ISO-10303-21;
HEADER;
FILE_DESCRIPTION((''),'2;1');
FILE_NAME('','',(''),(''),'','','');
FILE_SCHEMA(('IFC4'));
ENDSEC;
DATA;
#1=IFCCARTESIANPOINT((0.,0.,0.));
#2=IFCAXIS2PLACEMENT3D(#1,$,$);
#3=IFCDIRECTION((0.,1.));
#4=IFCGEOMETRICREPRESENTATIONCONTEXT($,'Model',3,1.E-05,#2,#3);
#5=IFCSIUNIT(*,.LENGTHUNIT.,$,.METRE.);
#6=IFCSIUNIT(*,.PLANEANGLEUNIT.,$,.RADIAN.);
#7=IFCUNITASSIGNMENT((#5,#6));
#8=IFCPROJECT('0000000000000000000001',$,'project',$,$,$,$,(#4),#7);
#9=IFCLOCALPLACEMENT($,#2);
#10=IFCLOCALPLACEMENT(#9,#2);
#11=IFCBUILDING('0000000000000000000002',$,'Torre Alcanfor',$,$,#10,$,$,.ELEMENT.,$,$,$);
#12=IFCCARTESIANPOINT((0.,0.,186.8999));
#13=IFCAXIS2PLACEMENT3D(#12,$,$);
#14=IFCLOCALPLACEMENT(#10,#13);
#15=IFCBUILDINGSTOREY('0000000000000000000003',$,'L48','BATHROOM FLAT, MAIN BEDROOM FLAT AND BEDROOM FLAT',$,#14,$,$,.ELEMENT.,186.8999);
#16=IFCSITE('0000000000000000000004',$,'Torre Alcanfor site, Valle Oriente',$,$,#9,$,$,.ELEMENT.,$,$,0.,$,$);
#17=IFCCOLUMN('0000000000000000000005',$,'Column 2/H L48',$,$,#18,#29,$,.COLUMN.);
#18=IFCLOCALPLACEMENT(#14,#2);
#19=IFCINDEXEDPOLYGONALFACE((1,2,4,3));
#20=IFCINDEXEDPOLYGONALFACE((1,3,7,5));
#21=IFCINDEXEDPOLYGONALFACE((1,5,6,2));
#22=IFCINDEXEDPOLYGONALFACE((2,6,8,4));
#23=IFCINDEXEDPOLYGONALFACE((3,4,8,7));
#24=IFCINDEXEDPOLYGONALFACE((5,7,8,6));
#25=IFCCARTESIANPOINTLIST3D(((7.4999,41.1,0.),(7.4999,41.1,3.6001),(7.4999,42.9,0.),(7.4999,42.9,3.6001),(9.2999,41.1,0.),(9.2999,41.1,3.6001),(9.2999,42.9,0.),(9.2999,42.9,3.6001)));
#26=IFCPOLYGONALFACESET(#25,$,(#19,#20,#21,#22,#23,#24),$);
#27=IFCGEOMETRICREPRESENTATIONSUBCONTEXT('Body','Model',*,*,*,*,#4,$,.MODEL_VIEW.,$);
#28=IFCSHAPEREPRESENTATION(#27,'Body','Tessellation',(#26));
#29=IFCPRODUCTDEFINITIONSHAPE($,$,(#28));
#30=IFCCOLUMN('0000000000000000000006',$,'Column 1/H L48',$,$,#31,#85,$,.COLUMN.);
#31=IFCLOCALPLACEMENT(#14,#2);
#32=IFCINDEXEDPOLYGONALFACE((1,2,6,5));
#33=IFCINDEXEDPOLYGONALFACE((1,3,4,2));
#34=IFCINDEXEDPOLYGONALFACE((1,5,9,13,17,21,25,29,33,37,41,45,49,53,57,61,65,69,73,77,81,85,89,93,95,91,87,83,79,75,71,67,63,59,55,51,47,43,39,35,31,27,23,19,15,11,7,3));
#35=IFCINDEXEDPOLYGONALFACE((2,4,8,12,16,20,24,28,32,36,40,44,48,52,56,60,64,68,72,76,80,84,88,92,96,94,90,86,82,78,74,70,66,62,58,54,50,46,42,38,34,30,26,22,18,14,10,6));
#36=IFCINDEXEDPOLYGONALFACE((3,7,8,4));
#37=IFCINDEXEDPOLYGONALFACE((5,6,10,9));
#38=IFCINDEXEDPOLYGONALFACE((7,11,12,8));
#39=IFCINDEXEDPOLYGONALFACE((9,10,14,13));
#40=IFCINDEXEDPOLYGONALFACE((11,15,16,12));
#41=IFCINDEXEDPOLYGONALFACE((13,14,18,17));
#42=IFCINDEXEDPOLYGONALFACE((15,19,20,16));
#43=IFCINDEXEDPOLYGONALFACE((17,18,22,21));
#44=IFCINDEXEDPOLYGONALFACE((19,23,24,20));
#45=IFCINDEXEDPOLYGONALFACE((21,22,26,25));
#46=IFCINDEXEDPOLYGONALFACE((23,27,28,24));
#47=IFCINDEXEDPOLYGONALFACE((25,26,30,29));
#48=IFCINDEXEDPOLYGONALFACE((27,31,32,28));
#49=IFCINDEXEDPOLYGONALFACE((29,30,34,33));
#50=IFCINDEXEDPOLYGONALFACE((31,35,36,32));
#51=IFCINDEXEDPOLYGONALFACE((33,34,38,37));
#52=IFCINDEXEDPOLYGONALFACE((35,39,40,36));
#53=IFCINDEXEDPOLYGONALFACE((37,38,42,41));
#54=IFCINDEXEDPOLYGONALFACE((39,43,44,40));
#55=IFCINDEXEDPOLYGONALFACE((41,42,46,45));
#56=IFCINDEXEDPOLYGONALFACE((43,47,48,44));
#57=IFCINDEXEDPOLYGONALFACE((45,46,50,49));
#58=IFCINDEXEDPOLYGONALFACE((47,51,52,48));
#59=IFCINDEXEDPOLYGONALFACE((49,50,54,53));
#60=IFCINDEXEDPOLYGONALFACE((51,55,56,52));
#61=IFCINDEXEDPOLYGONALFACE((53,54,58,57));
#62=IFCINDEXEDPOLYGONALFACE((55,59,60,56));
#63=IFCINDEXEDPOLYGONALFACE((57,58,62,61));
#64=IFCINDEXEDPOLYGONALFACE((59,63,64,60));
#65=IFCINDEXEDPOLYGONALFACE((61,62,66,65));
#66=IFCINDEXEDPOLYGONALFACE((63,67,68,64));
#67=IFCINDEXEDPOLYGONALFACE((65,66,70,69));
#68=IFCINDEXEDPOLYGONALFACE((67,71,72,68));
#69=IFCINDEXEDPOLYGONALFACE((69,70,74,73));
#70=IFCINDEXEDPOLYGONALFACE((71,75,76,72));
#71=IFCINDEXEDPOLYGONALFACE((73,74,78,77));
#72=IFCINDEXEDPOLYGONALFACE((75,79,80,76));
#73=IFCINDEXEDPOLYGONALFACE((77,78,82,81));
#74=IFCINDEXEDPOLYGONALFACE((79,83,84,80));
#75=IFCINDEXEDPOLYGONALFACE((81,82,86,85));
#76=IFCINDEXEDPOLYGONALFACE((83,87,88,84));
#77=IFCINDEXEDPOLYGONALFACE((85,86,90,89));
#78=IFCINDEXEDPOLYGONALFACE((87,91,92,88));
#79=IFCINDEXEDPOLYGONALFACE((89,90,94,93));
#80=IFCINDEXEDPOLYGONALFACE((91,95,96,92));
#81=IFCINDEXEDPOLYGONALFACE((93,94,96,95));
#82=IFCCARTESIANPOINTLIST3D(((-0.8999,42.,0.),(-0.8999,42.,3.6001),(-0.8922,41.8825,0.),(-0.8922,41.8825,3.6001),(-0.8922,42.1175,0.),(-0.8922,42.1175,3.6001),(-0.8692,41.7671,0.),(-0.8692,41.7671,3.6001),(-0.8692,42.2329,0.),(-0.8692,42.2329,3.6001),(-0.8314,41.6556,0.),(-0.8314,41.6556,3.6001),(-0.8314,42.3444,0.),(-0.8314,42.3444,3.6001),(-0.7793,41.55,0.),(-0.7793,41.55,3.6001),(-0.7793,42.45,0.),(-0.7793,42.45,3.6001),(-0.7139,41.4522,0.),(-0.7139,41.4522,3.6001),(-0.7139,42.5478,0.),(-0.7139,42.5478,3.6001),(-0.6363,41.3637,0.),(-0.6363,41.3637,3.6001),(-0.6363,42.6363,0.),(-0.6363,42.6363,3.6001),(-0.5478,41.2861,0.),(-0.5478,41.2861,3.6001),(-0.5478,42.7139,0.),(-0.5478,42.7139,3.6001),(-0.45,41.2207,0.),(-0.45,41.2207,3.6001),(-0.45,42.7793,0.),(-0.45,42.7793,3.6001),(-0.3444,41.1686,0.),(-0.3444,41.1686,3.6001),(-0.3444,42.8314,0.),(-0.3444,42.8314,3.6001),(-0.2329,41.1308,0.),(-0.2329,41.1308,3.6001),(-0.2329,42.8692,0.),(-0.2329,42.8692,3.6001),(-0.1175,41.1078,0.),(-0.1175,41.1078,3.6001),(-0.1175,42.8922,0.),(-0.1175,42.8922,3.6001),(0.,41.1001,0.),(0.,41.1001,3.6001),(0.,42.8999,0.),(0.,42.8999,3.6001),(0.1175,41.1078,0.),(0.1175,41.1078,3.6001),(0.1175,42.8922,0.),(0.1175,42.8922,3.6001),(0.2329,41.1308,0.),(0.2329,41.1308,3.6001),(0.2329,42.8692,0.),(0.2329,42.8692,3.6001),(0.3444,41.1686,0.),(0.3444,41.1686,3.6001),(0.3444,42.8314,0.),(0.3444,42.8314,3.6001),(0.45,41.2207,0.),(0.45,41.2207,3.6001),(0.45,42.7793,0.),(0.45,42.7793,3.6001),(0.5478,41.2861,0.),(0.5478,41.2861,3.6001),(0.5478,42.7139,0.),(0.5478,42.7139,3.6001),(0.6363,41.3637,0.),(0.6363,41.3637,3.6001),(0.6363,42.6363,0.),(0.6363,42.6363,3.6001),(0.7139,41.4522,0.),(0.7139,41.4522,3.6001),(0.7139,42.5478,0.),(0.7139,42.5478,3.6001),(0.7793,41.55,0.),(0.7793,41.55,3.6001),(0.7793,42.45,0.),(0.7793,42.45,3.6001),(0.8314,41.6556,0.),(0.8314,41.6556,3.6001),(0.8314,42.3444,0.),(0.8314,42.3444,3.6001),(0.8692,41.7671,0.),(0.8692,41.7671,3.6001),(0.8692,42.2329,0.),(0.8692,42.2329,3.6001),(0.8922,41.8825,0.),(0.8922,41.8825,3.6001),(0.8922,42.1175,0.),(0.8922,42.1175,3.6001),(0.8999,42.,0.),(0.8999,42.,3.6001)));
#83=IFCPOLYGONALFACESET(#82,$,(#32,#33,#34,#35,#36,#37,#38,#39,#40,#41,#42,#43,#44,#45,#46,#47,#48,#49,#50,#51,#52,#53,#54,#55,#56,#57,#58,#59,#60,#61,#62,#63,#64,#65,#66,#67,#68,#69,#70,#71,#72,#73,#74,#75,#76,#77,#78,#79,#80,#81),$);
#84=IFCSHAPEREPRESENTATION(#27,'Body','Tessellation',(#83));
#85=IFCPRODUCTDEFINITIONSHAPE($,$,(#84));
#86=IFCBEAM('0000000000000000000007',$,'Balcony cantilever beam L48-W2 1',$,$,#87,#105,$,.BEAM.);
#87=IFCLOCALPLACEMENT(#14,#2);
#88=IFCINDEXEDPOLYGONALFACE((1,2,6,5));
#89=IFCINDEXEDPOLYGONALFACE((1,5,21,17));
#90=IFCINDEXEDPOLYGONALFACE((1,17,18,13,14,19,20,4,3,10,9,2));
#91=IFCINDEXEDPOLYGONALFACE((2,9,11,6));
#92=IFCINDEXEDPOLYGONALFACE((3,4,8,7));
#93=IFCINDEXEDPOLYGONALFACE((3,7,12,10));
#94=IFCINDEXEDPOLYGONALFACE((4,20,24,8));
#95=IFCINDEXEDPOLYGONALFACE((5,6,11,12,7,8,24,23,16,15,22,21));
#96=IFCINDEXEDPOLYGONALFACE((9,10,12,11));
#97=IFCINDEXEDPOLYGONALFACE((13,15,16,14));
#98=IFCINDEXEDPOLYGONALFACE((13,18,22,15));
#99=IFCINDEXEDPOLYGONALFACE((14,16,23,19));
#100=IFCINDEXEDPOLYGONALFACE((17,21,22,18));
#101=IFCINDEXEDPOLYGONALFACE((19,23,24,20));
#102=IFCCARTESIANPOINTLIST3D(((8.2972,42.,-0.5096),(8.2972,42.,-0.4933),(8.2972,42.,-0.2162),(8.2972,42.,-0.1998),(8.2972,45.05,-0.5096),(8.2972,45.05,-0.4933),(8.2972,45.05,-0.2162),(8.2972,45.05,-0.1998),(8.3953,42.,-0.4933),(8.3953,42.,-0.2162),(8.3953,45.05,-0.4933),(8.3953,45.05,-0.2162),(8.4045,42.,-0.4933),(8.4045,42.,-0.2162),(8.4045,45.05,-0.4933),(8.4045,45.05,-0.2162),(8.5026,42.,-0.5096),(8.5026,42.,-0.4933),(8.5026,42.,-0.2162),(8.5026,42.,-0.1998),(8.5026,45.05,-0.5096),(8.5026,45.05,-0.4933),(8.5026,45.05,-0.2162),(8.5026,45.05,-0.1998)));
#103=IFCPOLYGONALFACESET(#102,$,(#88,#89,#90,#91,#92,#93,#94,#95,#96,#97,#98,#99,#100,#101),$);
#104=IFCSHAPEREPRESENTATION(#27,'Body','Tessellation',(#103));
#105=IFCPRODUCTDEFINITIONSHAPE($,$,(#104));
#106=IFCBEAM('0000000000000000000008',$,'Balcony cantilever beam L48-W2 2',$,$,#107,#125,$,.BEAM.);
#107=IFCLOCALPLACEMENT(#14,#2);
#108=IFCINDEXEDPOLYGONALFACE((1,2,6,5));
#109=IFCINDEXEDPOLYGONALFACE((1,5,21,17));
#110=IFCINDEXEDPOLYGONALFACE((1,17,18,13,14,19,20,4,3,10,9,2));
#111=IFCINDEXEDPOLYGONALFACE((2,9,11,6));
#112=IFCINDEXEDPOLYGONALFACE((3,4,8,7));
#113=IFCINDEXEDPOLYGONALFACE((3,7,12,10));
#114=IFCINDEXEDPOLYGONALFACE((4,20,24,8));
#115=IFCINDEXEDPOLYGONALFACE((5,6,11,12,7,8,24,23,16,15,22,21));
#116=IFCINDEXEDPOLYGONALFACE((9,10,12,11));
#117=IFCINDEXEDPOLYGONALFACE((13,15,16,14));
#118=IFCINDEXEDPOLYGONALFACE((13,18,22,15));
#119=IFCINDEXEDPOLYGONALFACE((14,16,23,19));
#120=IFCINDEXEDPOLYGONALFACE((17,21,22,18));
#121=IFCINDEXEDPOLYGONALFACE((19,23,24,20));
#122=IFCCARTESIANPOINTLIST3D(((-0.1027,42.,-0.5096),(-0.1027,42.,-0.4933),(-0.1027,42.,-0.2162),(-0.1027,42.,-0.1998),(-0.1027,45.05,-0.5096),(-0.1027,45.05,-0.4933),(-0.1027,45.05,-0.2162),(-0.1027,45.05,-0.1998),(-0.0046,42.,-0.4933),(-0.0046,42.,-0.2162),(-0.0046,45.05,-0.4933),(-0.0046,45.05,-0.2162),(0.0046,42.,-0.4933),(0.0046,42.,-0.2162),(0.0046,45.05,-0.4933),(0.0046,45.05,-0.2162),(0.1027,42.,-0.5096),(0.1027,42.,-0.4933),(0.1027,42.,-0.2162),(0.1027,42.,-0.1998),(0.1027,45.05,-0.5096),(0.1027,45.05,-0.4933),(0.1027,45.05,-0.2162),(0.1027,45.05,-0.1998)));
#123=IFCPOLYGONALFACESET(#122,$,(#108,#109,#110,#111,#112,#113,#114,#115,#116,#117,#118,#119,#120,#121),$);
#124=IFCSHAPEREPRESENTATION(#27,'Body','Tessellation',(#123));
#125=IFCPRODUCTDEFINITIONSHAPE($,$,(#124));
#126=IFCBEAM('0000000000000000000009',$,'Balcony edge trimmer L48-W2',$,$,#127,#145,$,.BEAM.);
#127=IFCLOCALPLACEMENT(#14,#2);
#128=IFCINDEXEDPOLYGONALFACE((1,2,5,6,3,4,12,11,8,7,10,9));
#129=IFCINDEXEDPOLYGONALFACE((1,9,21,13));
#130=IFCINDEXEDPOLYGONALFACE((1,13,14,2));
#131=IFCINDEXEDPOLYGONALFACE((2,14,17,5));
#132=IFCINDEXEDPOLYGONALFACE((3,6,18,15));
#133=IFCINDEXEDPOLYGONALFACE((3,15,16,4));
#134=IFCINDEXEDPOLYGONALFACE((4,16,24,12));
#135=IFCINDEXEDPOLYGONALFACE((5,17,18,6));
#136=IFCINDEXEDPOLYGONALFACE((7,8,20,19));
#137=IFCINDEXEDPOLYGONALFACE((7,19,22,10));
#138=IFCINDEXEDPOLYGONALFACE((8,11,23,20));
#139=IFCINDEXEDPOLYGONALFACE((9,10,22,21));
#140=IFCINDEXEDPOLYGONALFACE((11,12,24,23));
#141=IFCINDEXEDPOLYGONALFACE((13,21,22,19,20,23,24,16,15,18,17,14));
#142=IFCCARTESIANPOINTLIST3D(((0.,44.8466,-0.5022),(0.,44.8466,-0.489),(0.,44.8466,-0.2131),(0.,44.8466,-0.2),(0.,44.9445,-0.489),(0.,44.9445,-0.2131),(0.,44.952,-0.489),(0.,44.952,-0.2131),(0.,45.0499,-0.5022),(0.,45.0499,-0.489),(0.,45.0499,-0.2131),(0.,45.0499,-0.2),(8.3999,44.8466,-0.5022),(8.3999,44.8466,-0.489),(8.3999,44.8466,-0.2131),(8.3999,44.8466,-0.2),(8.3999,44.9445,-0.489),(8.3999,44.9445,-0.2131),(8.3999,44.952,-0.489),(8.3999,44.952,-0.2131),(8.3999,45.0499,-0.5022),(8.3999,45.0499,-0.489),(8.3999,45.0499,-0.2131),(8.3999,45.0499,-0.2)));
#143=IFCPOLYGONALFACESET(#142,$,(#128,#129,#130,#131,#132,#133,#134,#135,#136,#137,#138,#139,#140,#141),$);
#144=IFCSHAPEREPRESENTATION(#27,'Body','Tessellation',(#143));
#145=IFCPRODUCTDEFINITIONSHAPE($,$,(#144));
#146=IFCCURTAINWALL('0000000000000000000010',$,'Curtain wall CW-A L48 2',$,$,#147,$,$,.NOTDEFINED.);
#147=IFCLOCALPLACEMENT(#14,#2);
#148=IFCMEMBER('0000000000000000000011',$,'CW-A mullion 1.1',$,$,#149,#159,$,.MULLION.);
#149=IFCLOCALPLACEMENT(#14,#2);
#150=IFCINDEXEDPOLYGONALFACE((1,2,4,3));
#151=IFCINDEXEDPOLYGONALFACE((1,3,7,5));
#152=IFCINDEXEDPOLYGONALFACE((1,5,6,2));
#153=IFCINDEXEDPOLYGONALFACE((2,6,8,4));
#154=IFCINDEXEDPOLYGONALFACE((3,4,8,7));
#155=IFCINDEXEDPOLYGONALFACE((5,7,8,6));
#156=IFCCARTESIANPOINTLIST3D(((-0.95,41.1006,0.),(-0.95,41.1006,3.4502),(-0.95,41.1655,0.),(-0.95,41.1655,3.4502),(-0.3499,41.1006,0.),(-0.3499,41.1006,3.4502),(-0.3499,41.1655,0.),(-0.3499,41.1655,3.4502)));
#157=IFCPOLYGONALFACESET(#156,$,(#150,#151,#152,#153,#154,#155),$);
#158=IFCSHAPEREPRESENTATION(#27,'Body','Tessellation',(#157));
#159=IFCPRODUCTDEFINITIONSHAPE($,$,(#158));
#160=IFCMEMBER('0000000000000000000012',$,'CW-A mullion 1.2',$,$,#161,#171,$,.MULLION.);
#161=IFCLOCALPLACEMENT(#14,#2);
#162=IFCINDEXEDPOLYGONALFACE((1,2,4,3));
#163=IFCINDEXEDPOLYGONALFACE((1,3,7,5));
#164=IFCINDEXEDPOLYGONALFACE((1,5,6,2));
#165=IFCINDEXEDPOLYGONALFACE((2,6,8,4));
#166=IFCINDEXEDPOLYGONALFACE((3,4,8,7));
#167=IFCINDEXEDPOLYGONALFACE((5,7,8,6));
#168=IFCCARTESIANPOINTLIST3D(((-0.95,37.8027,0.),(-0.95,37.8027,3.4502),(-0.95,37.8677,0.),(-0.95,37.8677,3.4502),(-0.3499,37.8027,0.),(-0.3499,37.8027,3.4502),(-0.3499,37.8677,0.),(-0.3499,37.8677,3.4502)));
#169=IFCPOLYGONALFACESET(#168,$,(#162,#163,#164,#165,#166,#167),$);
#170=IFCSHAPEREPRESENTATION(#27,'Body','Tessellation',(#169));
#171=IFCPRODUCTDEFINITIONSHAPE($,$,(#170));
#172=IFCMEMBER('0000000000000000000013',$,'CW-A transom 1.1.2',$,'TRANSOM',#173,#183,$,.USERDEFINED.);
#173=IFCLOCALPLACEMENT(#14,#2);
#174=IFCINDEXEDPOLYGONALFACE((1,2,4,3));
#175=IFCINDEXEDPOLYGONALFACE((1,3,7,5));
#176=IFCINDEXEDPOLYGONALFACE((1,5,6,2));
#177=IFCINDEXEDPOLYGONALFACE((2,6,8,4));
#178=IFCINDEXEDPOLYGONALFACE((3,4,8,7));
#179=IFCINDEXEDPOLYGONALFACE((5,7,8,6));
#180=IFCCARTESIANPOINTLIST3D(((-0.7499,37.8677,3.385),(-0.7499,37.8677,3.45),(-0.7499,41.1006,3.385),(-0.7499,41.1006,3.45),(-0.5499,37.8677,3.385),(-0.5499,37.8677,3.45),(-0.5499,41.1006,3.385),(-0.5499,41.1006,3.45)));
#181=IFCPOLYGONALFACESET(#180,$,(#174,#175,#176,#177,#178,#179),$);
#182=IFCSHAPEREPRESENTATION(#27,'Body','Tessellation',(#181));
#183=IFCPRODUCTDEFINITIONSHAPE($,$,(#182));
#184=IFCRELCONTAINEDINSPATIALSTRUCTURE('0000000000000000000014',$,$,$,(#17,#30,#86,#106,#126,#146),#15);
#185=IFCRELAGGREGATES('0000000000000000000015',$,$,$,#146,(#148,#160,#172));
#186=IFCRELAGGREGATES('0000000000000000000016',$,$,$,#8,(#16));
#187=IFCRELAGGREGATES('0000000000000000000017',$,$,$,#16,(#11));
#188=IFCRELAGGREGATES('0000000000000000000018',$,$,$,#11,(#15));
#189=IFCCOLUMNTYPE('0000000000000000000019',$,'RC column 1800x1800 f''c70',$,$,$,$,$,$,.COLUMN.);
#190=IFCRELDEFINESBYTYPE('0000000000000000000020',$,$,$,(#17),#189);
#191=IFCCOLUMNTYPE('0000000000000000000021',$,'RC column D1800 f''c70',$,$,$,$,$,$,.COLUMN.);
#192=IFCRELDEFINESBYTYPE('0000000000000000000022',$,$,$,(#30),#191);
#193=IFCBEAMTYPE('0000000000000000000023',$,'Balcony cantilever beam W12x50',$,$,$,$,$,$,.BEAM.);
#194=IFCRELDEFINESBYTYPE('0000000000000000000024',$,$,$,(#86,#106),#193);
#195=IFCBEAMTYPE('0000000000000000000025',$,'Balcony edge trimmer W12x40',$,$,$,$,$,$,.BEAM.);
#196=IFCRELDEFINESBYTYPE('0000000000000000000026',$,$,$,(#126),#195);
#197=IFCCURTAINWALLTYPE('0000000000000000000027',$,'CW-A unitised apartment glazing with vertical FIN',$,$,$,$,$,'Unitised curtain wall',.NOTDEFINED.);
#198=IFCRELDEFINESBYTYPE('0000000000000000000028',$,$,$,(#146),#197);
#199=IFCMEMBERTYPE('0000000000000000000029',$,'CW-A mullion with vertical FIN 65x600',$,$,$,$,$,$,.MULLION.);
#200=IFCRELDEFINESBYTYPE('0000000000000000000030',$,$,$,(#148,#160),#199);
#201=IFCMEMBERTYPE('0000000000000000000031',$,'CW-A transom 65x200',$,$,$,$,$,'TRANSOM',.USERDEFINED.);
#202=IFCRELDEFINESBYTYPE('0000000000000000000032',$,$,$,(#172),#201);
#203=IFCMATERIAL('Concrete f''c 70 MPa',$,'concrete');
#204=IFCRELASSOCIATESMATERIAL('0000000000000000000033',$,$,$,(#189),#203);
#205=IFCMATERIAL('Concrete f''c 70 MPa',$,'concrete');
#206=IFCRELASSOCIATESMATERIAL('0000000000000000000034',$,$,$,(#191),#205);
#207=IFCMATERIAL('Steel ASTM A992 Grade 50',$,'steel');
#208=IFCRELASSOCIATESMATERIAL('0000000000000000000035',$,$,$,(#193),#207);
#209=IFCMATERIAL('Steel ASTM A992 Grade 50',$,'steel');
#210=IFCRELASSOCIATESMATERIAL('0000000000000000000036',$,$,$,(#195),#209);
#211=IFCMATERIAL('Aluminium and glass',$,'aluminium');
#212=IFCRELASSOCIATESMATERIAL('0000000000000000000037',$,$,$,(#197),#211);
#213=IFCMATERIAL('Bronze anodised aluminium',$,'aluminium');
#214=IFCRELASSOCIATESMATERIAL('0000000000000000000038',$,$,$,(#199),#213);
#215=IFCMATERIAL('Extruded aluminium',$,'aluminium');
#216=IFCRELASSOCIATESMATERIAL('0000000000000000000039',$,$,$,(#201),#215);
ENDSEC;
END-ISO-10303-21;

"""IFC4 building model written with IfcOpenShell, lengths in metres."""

from ifc_helpers import new_model, si_unit, direction, frame, origin, origin_2d, place, context, subcontext, project, spatial, rectangle, circle, i_section, extrude, material, material_profile, profile_set, type_object, element, aggregate, save


model = new_model("IFC4")

# Units and contexts
model_context = context("Model", 3, precision=1e-05, world=origin(), true_north=direction((0.0, 1.0)))
body_context = subcontext(model_context, "Body", "Model", "MODEL_VIEW")
ifc_project = project(units=[si_unit("LENGTHUNIT", "METRE"), si_unit("PLANEANGLEUNIT", "RADIAN")], contexts=[model_context])

# Site, building, storey
site_placement = place(None, origin())
site = spatial("IfcSite", under=ifc_project, at=site_placement, Name="Torre Alcanfor site, Valle Oriente", CompositionType="ELEMENT", RefElevation=0.0)
building_placement = place(site_placement, origin())
building = spatial("IfcBuilding", under=site, at=building_placement, Name="Torre Alcanfor", CompositionType="ELEMENT")
storey_placement = place(building_placement, frame((0.0, 0.0, 186.8999)))
storey = spatial("IfcBuildingStorey", under=building, at=storey_placement, Name="L48", Description="BATHROOM FLAT, MAIN BEDROOM FLAT AND BEDROOM FLAT", CompositionType="ELEMENT", Elevation=186.8999)

# Columns
ifc_material_1 = material(Name="Concrete f'c 70 MPa", Category="concrete")
ifc_material_profile_1 = material_profile(ifc_material_1, rectangle(XDim=1.8, YDim=1.8, at=origin_2d()), Name="1800x1800")
ifc_profile_set_1 = profile_set([ifc_material_profile_1], Name="Concrete f'c 70 MPa")
column_type_1 = type_object("IfcColumnType", Name="RC column 1800x1800 f'c70", PredefinedType="COLUMN", material=ifc_profile_set_1)
column_1_placement = place(storey_placement, frame((8.3999, 42.0, 0.0), z_axis=(0.0, 0.0, 1.0), x_axis=(1.0, 0.0, 0.0)))
element("IfcColumn", 1, at=column_1_placement, inside=storey, type_object=column_type_1, Name="Column 2/H L48", PredefinedType="COLUMN", context=body_context, shape_type="SweptSolid", body=[
    extrude(rectangle(XDim=1.8, YDim=1.8, at=origin_2d()), origin(), (0.0, 0.0, 1.0), 3.6001),
])
ifc_material_2 = material(Name="Concrete f'c 70 MPa", Category="concrete")
ifc_material_profile_2 = material_profile(ifc_material_2, circle(Radius=0.8999, at=origin_2d()), Name="D1800")
ifc_profile_set_2 = profile_set([ifc_material_profile_2], Name="Concrete f'c 70 MPa")
column_type_2 = type_object("IfcColumnType", Name="RC column D1800 f'c70", PredefinedType="COLUMN", material=ifc_profile_set_2)
column_2_placement = place(storey_placement, frame((0.0, 42.0, 0.0), z_axis=(0.0, 0.0, 1.0), x_axis=(1.0, 0.0, 0.0)))
element("IfcColumn", 2, at=column_2_placement, inside=storey, type_object=column_type_2, Name="Column 1/H L48", PredefinedType="COLUMN", context=body_context, shape_type="SweptSolid", body=[
    extrude(circle(Radius=0.8999, at=origin_2d()), origin(), (0.0, 0.0, 1.0), 3.6001),
])

# Beams
ifc_material_3 = material(Name="Steel ASTM A992 Grade 50", Category="steel")
ifc_material_profile_3 = material_profile(ifc_material_3, i_section(OverallWidth=0.2053, OverallDepth=0.3098, WebThickness=0.0093, FlangeThickness=0.0164, at=origin_2d()), Name="W12x50")
ifc_profile_set_3 = profile_set([ifc_material_profile_3], Name="Steel ASTM A992 Grade 50")
beam_type_1 = type_object("IfcBeamType", Name="Balcony cantilever beam W12x50", PredefinedType="BEAM", material=ifc_profile_set_3)
for number, where, z_axis, x_axis, name in (
    (3, (8.3999, 42.0, -0.3547), (0.0, 1.0, 0.0), (-1.0, 0.0, 0.0), "Balcony cantilever beam L48-W2 1"),
    (4, (0.0, 42.0, -0.3547), (0.0, 1.0, 0.0), (-1.0, 0.0, 0.0), "Balcony cantilever beam L48-W2 2"),
):
    element("IfcBeam", number, at=place(storey_placement, frame(where, z_axis=z_axis, x_axis=x_axis)), inside=storey, type_object=beam_type_1, Name=name, PredefinedType="BEAM", context=body_context, shape_type="SweptSolid", body=[
        extrude(i_section(OverallWidth=0.2053, OverallDepth=0.3098, WebThickness=0.0093, FlangeThickness=0.0164, at=origin_2d()), origin(), (0.0, 0.0, 1.0), 3.05),
    ])
ifc_material_4 = material(Name="Steel ASTM A992 Grade 50", Category="steel")
ifc_material_profile_4 = material_profile(ifc_material_4, i_section(OverallWidth=0.2034, OverallDepth=0.3022, WebThickness=0.0076, FlangeThickness=0.0132, at=origin_2d()), Name="W12x40")
ifc_profile_set_4 = profile_set([ifc_material_profile_4], Name="Steel ASTM A992 Grade 50")
beam_type_2 = type_object("IfcBeamType", Name="Balcony edge trimmer W12x40", PredefinedType="BEAM", material=ifc_profile_set_4)
beam_1_placement = place(storey_placement, frame((8.3999, 44.9482, -0.3511), z_axis=(-1.0, 0.0, 0.0), x_axis=(0.0, -1.0, 0.0)))
element("IfcBeam", 5, at=beam_1_placement, inside=storey, type_object=beam_type_2, Name="Balcony edge trimmer L48-W2", PredefinedType="BEAM", context=body_context, shape_type="SweptSolid", body=[
    extrude(i_section(OverallWidth=0.2034, OverallDepth=0.3022, WebThickness=0.0076, FlangeThickness=0.0132, at=origin_2d()), origin(), (0.0, 0.0, 1.0), 8.3999),
])

# Curtain wall, members
ifc_material_5 = material(Name="Aluminium and glass", Category="aluminium")
curtain_wall_type = type_object("IfcCurtainWallType", Name="CW-A unitised apartment glazing with vertical FIN", ElementType="Unitised curtain wall", PredefinedType="NOTDEFINED", material=ifc_material_5)
curtain_wall_placement = place(storey_placement, origin())
curtain_wall = element("IfcCurtainWall", 6, at=curtain_wall_placement, inside=storey, type_object=curtain_wall_type, Name="Curtain wall CW-A L48 2", PredefinedType="NOTDEFINED")
ifc_material_6 = material(Name="Bronze anodised aluminium", Category="aluminium")
ifc_material_profile_5 = material_profile(ifc_material_6, rectangle(XDim=0.6001, YDim=0.0649, at=origin_2d()), Name="CW-A mullion 65x600")
ifc_profile_set_5 = profile_set([ifc_material_profile_5], Name="Bronze anodised aluminium")
member_type_1 = type_object("IfcMemberType", Name="CW-A mullion with vertical FIN 65x600", PredefinedType="MULLION", material=ifc_profile_set_5)
member_1_placement = place(storey_placement, frame((-0.6499, 41.1331, 0.0), z_axis=(0.0, 0.0, 1.0), x_axis=(1.0, 0.0, 0.0)))
member_1 = element("IfcMember", 7, at=member_1_placement, type_object=member_type_1, Name="CW-A mullion 1.1", PredefinedType="MULLION", context=body_context, shape_type="SweptSolid", body=[
    extrude(rectangle(XDim=0.6001, YDim=0.0649, at=origin_2d()), origin(), (0.0, 0.0, 1.0), 3.4502),
])
member_2_placement = place(storey_placement, frame((-0.6499, 37.8352, 0.0), z_axis=(0.0, 0.0, 1.0), x_axis=(1.0, 0.0, 0.0)))
member_2 = element("IfcMember", 8, at=member_2_placement, type_object=member_type_1, Name="CW-A mullion 1.2", PredefinedType="MULLION", context=body_context, shape_type="SweptSolid", body=[
    extrude(rectangle(XDim=0.6001, YDim=0.0649, at=origin_2d()), origin(), (0.0, 0.0, 1.0), 3.4502),
])
ifc_material_7 = material(Name="Extruded aluminium", Category="aluminium")
ifc_material_profile_6 = material_profile(ifc_material_7, rectangle(XDim=0.2, YDim=0.0649, at=origin_2d()), Name="CW-A transom 200x65")
ifc_profile_set_6 = profile_set([ifc_material_profile_6], Name="Extruded aluminium")
member_type_2 = type_object("IfcMemberType", Name="CW-A transom 65x200", ElementType="TRANSOM", PredefinedType="USERDEFINED", material=ifc_profile_set_6)
member_3_placement = place(storey_placement, frame((-0.6499, 41.1006, 3.4175), z_axis=(0.0, -1.0, 0.0), x_axis=(1.0, 0.0, 0.0)))
member_3 = element("IfcMember", 9, at=member_3_placement, type_object=member_type_2, Name="CW-A transom 1.1.2", ObjectType="TRANSOM", PredefinedType="USERDEFINED", context=body_context, shape_type="SweptSolid", body=[
    extrude(rectangle(XDim=0.2, YDim=0.0649, at=origin_2d()), origin(), (0.0, 0.0, 1.0), 3.2329),
])

aggregate(curtain_wall, [member_1, member_2, member_3])

save(model, "model.ifc")
